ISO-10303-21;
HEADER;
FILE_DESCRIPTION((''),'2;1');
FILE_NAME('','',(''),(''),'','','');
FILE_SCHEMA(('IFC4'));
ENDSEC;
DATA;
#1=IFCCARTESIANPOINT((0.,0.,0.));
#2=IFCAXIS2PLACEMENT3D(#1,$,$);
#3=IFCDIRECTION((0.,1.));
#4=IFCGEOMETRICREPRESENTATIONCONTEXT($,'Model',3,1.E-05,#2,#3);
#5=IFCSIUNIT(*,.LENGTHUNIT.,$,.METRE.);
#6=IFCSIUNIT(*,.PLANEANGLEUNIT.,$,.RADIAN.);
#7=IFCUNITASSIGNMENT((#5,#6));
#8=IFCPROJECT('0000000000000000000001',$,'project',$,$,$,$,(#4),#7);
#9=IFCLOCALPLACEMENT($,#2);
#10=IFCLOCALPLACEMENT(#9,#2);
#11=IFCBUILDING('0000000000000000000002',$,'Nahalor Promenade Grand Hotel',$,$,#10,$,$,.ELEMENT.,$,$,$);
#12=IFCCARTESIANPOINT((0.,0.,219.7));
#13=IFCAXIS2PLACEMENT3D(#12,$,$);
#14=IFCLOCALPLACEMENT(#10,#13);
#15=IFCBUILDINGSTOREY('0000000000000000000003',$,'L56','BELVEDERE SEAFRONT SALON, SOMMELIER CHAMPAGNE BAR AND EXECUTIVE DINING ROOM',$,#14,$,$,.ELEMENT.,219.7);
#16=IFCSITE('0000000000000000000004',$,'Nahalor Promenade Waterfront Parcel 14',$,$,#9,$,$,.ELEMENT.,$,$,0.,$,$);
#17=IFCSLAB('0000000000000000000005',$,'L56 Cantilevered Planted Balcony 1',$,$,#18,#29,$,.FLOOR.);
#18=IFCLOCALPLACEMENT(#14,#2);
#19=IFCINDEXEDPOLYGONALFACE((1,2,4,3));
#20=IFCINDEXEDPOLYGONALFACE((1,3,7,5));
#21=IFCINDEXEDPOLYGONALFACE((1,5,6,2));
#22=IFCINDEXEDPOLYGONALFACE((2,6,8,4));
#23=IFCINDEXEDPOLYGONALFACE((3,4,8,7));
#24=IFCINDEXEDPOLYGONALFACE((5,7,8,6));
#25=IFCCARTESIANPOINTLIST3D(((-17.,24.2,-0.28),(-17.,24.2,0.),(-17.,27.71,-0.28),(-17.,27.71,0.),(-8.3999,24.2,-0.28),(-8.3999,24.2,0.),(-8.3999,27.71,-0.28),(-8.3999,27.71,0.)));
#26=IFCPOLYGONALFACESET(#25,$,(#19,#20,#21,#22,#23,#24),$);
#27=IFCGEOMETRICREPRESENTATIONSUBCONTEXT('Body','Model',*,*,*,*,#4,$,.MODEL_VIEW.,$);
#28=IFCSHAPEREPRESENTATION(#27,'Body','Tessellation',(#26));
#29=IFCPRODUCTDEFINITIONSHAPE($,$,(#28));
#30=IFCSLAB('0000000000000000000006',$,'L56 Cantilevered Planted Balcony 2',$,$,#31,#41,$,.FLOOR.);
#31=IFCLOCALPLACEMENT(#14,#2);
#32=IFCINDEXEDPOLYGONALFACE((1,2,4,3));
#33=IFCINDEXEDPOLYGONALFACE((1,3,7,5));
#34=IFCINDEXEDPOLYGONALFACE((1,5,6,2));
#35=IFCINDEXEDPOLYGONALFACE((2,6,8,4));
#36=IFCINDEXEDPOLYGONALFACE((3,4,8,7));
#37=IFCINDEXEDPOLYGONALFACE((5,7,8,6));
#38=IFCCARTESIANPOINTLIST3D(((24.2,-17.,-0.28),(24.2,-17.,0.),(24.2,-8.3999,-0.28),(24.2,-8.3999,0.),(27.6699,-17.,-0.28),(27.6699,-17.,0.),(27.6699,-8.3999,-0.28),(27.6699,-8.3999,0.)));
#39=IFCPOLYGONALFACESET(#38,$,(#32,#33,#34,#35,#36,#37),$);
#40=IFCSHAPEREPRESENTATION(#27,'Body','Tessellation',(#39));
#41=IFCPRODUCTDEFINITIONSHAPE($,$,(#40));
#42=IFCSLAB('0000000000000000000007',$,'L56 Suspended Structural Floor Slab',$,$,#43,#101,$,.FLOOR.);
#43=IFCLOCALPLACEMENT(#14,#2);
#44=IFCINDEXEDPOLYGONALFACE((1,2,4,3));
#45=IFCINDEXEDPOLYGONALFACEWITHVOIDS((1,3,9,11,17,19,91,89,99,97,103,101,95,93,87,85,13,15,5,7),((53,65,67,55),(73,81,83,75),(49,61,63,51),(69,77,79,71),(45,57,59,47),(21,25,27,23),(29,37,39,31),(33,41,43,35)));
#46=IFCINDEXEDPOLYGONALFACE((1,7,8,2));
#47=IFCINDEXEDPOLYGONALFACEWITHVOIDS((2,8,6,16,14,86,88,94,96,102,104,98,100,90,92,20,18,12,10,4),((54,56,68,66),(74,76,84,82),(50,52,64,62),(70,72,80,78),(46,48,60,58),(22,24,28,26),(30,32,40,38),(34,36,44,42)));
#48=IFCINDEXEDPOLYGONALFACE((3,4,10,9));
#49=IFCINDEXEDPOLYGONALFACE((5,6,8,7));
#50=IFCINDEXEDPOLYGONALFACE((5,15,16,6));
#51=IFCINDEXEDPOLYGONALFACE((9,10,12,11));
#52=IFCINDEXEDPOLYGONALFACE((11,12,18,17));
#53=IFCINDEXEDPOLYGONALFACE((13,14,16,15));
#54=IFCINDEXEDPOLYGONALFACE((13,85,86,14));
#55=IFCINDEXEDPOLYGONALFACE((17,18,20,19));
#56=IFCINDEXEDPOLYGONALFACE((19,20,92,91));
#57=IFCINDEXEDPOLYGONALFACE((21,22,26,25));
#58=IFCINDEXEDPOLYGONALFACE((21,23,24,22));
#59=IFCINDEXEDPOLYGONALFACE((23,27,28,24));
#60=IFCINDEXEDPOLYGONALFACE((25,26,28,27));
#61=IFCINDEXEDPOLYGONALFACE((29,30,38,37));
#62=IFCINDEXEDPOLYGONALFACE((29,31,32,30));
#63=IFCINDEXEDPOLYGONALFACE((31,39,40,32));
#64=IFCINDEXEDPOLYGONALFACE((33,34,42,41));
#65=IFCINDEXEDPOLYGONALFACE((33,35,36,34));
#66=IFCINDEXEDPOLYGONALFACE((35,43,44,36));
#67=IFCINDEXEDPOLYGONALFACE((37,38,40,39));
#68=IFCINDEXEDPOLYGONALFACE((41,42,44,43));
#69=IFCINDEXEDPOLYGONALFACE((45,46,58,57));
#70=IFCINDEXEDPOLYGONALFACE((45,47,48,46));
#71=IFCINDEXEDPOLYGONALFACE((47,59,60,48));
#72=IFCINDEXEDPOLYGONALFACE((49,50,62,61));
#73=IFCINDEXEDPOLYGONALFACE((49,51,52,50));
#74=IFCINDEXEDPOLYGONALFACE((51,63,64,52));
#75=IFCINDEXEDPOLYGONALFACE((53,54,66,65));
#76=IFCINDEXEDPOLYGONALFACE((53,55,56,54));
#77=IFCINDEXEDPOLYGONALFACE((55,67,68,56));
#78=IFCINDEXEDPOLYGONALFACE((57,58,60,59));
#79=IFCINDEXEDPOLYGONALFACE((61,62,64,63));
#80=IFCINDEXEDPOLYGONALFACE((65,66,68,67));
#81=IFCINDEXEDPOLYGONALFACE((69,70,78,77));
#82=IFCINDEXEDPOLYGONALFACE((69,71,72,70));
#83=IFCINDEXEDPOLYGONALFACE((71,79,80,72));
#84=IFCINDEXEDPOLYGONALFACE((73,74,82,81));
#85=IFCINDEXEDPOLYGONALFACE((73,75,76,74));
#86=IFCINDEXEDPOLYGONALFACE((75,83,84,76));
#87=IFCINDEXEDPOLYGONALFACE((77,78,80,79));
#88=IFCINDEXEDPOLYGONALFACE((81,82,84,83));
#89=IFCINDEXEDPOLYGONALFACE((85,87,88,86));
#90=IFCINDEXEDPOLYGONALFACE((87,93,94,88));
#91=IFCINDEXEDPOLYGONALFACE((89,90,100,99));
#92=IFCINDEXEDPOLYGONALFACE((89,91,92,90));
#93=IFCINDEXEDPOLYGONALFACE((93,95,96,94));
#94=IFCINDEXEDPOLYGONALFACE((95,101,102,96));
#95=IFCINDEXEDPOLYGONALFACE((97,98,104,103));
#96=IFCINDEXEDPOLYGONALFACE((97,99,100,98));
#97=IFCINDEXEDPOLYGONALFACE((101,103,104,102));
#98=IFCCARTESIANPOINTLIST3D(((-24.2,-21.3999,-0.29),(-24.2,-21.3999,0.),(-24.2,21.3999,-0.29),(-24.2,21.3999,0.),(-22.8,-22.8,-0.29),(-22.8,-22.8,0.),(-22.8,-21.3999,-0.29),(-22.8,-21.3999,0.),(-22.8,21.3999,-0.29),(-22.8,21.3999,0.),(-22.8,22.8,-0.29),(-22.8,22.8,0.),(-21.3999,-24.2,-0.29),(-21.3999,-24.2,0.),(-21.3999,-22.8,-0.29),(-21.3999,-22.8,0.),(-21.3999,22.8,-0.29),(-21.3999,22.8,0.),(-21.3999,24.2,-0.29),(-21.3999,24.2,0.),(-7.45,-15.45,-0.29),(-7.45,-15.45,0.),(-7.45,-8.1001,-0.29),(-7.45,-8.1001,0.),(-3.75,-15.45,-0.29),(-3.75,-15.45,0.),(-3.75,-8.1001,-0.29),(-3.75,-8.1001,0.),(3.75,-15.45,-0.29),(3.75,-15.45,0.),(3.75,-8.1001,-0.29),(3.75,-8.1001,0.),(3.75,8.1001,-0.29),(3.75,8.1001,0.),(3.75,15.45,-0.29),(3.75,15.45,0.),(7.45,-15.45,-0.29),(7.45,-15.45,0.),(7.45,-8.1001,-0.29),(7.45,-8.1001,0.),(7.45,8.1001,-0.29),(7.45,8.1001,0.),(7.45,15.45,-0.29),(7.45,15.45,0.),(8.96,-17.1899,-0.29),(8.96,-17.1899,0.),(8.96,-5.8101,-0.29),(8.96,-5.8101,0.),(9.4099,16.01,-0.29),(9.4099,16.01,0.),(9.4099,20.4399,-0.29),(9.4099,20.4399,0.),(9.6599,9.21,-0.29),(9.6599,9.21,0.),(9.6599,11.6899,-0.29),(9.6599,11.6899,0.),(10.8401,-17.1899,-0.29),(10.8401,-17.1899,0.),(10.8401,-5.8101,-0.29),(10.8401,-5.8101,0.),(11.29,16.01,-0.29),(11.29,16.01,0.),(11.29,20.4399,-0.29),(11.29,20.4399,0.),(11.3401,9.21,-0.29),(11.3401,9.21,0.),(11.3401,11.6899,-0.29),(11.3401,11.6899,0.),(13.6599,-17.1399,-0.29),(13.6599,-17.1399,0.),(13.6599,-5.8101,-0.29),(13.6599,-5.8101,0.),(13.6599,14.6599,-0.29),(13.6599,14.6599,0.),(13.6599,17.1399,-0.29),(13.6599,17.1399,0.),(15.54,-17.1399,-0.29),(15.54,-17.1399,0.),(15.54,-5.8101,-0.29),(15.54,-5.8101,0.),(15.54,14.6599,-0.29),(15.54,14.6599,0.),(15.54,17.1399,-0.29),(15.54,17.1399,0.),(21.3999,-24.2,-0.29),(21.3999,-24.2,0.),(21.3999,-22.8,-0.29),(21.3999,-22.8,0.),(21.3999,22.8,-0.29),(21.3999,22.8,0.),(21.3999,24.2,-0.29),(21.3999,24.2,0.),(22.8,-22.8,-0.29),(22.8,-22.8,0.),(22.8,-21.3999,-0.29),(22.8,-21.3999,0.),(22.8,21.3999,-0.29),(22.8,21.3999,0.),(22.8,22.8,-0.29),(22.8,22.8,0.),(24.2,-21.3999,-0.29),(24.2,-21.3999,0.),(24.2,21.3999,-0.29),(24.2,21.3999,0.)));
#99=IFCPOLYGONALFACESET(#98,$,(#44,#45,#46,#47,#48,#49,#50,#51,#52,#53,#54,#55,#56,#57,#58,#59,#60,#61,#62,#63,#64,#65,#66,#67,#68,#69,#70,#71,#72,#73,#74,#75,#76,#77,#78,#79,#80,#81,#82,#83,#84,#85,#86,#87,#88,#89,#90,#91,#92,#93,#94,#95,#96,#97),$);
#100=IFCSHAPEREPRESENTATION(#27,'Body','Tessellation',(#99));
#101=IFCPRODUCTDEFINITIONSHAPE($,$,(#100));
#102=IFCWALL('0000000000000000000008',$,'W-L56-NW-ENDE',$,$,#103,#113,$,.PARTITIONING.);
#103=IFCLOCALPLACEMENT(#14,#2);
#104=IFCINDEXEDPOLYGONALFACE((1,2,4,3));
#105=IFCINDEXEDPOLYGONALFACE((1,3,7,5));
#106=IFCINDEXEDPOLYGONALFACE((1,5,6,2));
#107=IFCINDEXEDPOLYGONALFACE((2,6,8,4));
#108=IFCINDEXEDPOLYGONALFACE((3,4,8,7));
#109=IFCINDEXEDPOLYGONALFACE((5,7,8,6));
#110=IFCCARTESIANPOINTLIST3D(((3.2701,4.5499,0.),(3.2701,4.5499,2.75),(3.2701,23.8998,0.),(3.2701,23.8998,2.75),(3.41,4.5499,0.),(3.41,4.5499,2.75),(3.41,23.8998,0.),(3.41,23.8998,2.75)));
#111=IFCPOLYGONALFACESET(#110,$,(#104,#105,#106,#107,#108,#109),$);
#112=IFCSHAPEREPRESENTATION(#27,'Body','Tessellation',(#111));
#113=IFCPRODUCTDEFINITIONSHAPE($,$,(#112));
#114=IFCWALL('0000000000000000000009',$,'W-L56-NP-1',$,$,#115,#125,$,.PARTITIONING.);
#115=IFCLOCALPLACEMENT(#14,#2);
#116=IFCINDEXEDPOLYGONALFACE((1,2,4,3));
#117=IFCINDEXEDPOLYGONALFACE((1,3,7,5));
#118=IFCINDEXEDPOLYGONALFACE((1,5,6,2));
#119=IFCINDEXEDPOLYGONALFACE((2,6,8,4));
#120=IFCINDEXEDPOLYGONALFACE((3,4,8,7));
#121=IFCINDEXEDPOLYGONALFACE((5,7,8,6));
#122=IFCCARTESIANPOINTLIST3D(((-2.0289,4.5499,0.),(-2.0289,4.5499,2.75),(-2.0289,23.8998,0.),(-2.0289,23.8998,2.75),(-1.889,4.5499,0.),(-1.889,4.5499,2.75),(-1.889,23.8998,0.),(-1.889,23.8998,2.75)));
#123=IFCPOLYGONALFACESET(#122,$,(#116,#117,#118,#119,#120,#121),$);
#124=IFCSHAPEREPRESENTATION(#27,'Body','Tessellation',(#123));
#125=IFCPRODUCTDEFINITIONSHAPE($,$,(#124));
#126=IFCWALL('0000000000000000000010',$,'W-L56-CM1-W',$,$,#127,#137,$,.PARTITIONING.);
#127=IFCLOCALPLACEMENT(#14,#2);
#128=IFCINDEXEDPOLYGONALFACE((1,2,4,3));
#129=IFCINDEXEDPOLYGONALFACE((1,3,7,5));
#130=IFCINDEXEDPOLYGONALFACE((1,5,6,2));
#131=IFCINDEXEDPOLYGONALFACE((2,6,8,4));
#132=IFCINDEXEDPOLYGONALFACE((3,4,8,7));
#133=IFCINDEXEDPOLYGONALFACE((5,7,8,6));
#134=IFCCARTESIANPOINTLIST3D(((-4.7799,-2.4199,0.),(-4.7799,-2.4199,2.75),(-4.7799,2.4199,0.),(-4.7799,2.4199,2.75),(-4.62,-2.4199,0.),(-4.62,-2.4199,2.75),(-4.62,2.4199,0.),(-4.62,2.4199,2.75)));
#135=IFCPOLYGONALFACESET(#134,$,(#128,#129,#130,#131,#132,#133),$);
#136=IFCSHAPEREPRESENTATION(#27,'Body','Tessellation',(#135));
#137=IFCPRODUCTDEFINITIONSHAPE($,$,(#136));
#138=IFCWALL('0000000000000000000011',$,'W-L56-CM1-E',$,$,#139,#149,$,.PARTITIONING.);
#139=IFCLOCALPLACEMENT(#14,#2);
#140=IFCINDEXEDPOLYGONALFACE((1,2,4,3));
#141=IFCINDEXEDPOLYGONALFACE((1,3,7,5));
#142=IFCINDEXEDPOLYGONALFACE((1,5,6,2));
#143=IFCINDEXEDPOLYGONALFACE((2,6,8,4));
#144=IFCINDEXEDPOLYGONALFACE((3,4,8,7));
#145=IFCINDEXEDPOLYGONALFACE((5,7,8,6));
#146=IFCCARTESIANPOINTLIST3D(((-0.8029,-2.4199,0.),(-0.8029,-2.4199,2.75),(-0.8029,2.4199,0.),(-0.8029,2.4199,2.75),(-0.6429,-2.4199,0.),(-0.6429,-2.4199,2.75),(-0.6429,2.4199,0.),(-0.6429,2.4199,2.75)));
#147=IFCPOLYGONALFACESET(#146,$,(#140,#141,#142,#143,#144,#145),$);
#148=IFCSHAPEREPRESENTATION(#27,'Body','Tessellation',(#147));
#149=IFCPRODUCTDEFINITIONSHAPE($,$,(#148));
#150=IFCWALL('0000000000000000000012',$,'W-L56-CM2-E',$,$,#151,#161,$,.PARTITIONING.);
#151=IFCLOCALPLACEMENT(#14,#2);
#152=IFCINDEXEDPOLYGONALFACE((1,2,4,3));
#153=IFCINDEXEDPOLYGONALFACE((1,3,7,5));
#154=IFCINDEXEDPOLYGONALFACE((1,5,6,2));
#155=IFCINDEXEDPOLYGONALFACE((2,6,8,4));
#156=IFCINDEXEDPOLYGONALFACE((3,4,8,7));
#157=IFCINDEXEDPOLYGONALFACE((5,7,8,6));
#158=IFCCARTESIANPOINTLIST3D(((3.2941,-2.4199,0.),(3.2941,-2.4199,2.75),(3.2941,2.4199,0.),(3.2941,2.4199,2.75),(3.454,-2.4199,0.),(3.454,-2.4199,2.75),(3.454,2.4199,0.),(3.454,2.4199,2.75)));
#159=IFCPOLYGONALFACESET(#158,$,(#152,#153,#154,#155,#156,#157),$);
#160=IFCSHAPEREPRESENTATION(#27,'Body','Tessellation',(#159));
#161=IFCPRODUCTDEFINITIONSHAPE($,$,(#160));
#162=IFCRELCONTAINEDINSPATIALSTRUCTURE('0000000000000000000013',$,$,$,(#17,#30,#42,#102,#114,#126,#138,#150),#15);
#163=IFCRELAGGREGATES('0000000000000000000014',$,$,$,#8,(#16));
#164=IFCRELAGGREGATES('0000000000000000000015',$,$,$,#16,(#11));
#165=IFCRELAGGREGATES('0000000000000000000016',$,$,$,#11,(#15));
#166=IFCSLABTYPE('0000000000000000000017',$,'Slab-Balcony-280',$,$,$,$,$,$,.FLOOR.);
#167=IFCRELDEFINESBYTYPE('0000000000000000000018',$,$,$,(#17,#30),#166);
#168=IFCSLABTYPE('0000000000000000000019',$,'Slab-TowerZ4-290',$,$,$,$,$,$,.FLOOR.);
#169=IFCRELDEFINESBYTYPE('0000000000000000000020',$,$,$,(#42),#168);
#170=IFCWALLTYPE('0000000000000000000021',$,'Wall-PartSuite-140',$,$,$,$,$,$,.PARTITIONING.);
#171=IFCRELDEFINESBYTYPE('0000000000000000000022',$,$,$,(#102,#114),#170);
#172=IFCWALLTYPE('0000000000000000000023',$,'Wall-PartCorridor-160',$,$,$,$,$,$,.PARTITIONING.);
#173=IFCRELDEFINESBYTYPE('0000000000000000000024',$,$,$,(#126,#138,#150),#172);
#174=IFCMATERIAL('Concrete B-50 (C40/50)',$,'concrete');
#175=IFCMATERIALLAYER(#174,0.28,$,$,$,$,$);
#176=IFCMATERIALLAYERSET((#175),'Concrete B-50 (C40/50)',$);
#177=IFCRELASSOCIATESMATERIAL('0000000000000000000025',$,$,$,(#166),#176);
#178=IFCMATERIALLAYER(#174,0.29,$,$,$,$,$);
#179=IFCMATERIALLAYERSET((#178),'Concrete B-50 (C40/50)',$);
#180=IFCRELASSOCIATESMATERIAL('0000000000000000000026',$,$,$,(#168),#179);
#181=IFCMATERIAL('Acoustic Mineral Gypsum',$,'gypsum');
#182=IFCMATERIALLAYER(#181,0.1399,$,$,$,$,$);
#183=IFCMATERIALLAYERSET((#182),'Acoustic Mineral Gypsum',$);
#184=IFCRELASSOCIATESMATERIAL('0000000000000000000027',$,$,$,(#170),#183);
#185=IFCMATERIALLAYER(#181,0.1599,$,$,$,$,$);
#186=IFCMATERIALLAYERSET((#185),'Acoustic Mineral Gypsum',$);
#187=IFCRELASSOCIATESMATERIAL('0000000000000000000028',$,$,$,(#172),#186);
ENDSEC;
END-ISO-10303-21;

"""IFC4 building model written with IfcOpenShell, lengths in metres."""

from ifc_helpers import new_model, si_unit, direction, frame, frame_2d, origin, place, context, subcontext, project, spatial, polyline, rectangle, outline, extrude, source, transform, mapped, material, layer, layer_set, type_object, element, save


model = new_model("IFC4")

# Units and contexts
model_context = context("Model", 3, precision=1e-05, world=origin(), true_north=direction((0.0, 1.0)))
body_context = subcontext(model_context, "Body", "Model", "MODEL_VIEW")
ifc_project = project(units=[si_unit("LENGTHUNIT", "METRE"), si_unit("PLANEANGLEUNIT", "RADIAN")], contexts=[model_context])

# Site, building, storey
site_placement = place(None, origin())
site = spatial("IfcSite", under=ifc_project, at=site_placement, Name="Nahalor Promenade Waterfront Parcel 14", CompositionType="ELEMENT", RefElevation=0.0)
building_placement = place(site_placement, origin())
building = spatial("IfcBuilding", under=site, at=building_placement, Name="Nahalor Promenade Grand Hotel", CompositionType="ELEMENT")
storey_placement = place(building_placement, frame((0.0, 0.0, 219.7)))
storey = spatial("IfcBuildingStorey", under=building, at=storey_placement, Name="L56", Description="BELVEDERE SEAFRONT SALON, SOMMELIER CHAMPAGNE BAR AND EXECUTIVE DINING ROOM", CompositionType="ELEMENT", Elevation=219.7)

# Shared definitions
ifc_material_1 = material(Name="Concrete B-50 (C40/50)", Category="concrete")

# Slabs
ifc_layer_1 = layer(ifc_material_1, 0.28)
ifc_layer_set_1 = layer_set([ifc_layer_1], Name="Concrete B-50 (C40/50)")
slab_type_1 = type_object("IfcSlabType", Name="Slab-Balcony-280", PredefinedType="FLOOR", material=ifc_layer_set_1)
slab_1_placement = place(storey_placement, frame((0.0, 0.0, -0.28)))
element("IfcSlab", 1, at=slab_1_placement, inside=storey, type_object=slab_type_1, Name="L56 Cantilevered Planted Balcony 1", PredefinedType="FLOOR", context=body_context, shape_type="SweptSolid", body=[
    extrude(outline(polyline([(-17.0, 24.2), (-8.3999, 24.2), (-8.3999, 27.71), (-17.0, 27.71), (-17.0, 24.2)])), origin(), (0.0, 0.0, 1.0), 0.28),
])
slab_2_placement = place(storey_placement, frame((0.0, 0.0, -0.28)))
element("IfcSlab", 2, at=slab_2_placement, inside=storey, type_object=slab_type_1, Name="L56 Cantilevered Planted Balcony 2", PredefinedType="FLOOR", context=body_context, shape_type="SweptSolid", body=[
    extrude(outline(polyline([(24.2, -17.0), (27.6699, -17.0), (27.6699, -8.3999), (24.2, -8.3999), (24.2, -17.0)])), origin(), (0.0, 0.0, 1.0), 0.28),
])
ifc_layer_2 = layer(ifc_material_1, 0.29)
ifc_layer_set_2 = layer_set([ifc_layer_2], Name="Concrete B-50 (C40/50)")
slab_type_2 = type_object("IfcSlabType", Name="Slab-TowerZ4-290", PredefinedType="FLOOR", material=ifc_layer_set_2)
slab_3_placement = place(storey_placement, frame((0.0, 0.0, -0.29)))
element("IfcSlab", 3, at=slab_3_placement, inside=storey, type_object=slab_type_2, Name="L56 Suspended Structural Floor Slab", PredefinedType="FLOOR", context=body_context, shape_type="SweptSolid", body=[
    extrude(outline(polyline([(-21.3999, -24.2), (21.3999, -24.2), (21.3999, -22.8), (22.8, -22.8), (22.8, -21.3999), (24.2, -21.3999), (24.2, 21.3999), (22.8, 21.3999), (22.8, 22.8), (21.3999, 22.8), (21.3999, 24.2), (-21.3999, 24.2), (-21.3999, 22.8), (-22.8, 22.8), (-22.8, 21.3999), (-24.2, 21.3999), (-24.2, -21.3999), (-22.8, -21.3999), (-22.8, -22.8), (-21.3999, -22.8), (-21.3999, -24.2)]), holes=[polyline([(3.75, 8.1001), (7.45, 8.1001), (7.45, 15.45), (3.75, 15.45), (3.75, 8.1001)]), polyline([(3.75, -15.45), (7.45, -15.45), (7.45, -8.1001), (3.75, -8.1001), (3.75, -15.45)]), polyline([(-7.45, -15.45), (-3.75, -15.45), (-3.75, -8.1001), (-7.45, -8.1001), (-7.45, -15.45)]), polyline([(13.6599, -17.1399), (15.54, -17.1399), (15.54, -5.8101), (13.6599, -5.8101), (13.6599, -17.1399)]), polyline([(8.96, -17.1899), (10.8401, -17.1899), (10.8401, -5.8101), (8.96, -5.8101), (8.96, -17.1899)]), polyline([(9.4099, 16.01), (11.29, 16.01), (11.29, 20.4399), (9.4099, 20.4399), (9.4099, 16.01)]), polyline([(9.6599, 9.21), (11.3401, 9.21), (11.3401, 11.6899), (9.6599, 11.6899), (9.6599, 9.21)]), polyline([(13.6599, 14.6599), (15.54, 14.6599), (15.54, 17.1399), (13.6599, 17.1399), (13.6599, 14.6599)])]), origin(), (0.0, 0.0, 1.0), 0.29),
])

# Walls
ifc_material_2 = material(Name="Acoustic Mineral Gypsum", Category="gypsum")
ifc_layer_3 = layer(ifc_material_2, 0.1399)
ifc_layer_set_3 = layer_set([ifc_layer_3], Name="Acoustic Mineral Gypsum")
wall_type_1 = type_object("IfcWallType", Name="Wall-PartSuite-140", PredefinedType="PARTITIONING", material=ifc_layer_set_3)
shared_shape_1 = source(origin(), body_context, "Body", "SweptSolid", [
    extrude(rectangle(XDim=19.3499, YDim=0.1399, at=frame_2d((9.6748, 0.0))), origin(), (0.0, 0.0, 1.0), 2.75),
])
for number, where, z_axis, x_axis, name in (
    (4, (3.3401, 4.55, 0.0), (0.0, 0.0, 1.0), (0.0, 1.0, 0.0), "W-L56-NW-ENDE"),
    (5, (-1.959, 4.55, 0.0), (0.0, 0.0, 1.0), (0.0, 1.0, 0.0), "W-L56-NP-1"),
):
    element("IfcWall", number, at=place(storey_placement, frame(where, z_axis=z_axis, x_axis=x_axis)), inside=storey, type_object=wall_type_1, Name=name, PredefinedType="PARTITIONING", context=body_context, shape_type="MappedRepresentation", body=[
        mapped(shared_shape_1, transform((0.0, 0.0, 0.0), scale=1.0)),
    ])
ifc_layer_4 = layer(ifc_material_2, 0.1599)
ifc_layer_set_4 = layer_set([ifc_layer_4], Name="Acoustic Mineral Gypsum")
wall_type_2 = type_object("IfcWallType", Name="Wall-PartCorridor-160", PredefinedType="PARTITIONING", material=ifc_layer_set_4)
shared_shape_2 = source(origin(), body_context, "Body", "SweptSolid", [
    extrude(rectangle(XDim=4.8398, YDim=0.1599, at=frame_2d((2.4199, 0.0))), origin(), (0.0, 0.0, 1.0), 2.75),
])
for number, where, z_axis, x_axis, name in (
    (6, (-4.7, -2.4199, 0.0), (0.0, 0.0, 1.0), (0.0, 1.0, 0.0), "W-L56-CM1-W"),
    (7, (-0.7229, -2.4199, 0.0), (0.0, 0.0, 1.0), (0.0, 1.0, 0.0), "W-L56-CM1-E"),
    (8, (3.374, -2.4199, 0.0), (0.0, 0.0, 1.0), (0.0, 1.0, 0.0), "W-L56-CM2-E"),
):
    element("IfcWall", number, at=place(storey_placement, frame(where, z_axis=z_axis, x_axis=x_axis)), inside=storey, type_object=wall_type_2, Name=name, PredefinedType="PARTITIONING", context=body_context, shape_type="MappedRepresentation", body=[
        mapped(shared_shape_2, transform((0.0, 0.0, 0.0), scale=1.0)),
    ])

save(model, "model.ifc")
